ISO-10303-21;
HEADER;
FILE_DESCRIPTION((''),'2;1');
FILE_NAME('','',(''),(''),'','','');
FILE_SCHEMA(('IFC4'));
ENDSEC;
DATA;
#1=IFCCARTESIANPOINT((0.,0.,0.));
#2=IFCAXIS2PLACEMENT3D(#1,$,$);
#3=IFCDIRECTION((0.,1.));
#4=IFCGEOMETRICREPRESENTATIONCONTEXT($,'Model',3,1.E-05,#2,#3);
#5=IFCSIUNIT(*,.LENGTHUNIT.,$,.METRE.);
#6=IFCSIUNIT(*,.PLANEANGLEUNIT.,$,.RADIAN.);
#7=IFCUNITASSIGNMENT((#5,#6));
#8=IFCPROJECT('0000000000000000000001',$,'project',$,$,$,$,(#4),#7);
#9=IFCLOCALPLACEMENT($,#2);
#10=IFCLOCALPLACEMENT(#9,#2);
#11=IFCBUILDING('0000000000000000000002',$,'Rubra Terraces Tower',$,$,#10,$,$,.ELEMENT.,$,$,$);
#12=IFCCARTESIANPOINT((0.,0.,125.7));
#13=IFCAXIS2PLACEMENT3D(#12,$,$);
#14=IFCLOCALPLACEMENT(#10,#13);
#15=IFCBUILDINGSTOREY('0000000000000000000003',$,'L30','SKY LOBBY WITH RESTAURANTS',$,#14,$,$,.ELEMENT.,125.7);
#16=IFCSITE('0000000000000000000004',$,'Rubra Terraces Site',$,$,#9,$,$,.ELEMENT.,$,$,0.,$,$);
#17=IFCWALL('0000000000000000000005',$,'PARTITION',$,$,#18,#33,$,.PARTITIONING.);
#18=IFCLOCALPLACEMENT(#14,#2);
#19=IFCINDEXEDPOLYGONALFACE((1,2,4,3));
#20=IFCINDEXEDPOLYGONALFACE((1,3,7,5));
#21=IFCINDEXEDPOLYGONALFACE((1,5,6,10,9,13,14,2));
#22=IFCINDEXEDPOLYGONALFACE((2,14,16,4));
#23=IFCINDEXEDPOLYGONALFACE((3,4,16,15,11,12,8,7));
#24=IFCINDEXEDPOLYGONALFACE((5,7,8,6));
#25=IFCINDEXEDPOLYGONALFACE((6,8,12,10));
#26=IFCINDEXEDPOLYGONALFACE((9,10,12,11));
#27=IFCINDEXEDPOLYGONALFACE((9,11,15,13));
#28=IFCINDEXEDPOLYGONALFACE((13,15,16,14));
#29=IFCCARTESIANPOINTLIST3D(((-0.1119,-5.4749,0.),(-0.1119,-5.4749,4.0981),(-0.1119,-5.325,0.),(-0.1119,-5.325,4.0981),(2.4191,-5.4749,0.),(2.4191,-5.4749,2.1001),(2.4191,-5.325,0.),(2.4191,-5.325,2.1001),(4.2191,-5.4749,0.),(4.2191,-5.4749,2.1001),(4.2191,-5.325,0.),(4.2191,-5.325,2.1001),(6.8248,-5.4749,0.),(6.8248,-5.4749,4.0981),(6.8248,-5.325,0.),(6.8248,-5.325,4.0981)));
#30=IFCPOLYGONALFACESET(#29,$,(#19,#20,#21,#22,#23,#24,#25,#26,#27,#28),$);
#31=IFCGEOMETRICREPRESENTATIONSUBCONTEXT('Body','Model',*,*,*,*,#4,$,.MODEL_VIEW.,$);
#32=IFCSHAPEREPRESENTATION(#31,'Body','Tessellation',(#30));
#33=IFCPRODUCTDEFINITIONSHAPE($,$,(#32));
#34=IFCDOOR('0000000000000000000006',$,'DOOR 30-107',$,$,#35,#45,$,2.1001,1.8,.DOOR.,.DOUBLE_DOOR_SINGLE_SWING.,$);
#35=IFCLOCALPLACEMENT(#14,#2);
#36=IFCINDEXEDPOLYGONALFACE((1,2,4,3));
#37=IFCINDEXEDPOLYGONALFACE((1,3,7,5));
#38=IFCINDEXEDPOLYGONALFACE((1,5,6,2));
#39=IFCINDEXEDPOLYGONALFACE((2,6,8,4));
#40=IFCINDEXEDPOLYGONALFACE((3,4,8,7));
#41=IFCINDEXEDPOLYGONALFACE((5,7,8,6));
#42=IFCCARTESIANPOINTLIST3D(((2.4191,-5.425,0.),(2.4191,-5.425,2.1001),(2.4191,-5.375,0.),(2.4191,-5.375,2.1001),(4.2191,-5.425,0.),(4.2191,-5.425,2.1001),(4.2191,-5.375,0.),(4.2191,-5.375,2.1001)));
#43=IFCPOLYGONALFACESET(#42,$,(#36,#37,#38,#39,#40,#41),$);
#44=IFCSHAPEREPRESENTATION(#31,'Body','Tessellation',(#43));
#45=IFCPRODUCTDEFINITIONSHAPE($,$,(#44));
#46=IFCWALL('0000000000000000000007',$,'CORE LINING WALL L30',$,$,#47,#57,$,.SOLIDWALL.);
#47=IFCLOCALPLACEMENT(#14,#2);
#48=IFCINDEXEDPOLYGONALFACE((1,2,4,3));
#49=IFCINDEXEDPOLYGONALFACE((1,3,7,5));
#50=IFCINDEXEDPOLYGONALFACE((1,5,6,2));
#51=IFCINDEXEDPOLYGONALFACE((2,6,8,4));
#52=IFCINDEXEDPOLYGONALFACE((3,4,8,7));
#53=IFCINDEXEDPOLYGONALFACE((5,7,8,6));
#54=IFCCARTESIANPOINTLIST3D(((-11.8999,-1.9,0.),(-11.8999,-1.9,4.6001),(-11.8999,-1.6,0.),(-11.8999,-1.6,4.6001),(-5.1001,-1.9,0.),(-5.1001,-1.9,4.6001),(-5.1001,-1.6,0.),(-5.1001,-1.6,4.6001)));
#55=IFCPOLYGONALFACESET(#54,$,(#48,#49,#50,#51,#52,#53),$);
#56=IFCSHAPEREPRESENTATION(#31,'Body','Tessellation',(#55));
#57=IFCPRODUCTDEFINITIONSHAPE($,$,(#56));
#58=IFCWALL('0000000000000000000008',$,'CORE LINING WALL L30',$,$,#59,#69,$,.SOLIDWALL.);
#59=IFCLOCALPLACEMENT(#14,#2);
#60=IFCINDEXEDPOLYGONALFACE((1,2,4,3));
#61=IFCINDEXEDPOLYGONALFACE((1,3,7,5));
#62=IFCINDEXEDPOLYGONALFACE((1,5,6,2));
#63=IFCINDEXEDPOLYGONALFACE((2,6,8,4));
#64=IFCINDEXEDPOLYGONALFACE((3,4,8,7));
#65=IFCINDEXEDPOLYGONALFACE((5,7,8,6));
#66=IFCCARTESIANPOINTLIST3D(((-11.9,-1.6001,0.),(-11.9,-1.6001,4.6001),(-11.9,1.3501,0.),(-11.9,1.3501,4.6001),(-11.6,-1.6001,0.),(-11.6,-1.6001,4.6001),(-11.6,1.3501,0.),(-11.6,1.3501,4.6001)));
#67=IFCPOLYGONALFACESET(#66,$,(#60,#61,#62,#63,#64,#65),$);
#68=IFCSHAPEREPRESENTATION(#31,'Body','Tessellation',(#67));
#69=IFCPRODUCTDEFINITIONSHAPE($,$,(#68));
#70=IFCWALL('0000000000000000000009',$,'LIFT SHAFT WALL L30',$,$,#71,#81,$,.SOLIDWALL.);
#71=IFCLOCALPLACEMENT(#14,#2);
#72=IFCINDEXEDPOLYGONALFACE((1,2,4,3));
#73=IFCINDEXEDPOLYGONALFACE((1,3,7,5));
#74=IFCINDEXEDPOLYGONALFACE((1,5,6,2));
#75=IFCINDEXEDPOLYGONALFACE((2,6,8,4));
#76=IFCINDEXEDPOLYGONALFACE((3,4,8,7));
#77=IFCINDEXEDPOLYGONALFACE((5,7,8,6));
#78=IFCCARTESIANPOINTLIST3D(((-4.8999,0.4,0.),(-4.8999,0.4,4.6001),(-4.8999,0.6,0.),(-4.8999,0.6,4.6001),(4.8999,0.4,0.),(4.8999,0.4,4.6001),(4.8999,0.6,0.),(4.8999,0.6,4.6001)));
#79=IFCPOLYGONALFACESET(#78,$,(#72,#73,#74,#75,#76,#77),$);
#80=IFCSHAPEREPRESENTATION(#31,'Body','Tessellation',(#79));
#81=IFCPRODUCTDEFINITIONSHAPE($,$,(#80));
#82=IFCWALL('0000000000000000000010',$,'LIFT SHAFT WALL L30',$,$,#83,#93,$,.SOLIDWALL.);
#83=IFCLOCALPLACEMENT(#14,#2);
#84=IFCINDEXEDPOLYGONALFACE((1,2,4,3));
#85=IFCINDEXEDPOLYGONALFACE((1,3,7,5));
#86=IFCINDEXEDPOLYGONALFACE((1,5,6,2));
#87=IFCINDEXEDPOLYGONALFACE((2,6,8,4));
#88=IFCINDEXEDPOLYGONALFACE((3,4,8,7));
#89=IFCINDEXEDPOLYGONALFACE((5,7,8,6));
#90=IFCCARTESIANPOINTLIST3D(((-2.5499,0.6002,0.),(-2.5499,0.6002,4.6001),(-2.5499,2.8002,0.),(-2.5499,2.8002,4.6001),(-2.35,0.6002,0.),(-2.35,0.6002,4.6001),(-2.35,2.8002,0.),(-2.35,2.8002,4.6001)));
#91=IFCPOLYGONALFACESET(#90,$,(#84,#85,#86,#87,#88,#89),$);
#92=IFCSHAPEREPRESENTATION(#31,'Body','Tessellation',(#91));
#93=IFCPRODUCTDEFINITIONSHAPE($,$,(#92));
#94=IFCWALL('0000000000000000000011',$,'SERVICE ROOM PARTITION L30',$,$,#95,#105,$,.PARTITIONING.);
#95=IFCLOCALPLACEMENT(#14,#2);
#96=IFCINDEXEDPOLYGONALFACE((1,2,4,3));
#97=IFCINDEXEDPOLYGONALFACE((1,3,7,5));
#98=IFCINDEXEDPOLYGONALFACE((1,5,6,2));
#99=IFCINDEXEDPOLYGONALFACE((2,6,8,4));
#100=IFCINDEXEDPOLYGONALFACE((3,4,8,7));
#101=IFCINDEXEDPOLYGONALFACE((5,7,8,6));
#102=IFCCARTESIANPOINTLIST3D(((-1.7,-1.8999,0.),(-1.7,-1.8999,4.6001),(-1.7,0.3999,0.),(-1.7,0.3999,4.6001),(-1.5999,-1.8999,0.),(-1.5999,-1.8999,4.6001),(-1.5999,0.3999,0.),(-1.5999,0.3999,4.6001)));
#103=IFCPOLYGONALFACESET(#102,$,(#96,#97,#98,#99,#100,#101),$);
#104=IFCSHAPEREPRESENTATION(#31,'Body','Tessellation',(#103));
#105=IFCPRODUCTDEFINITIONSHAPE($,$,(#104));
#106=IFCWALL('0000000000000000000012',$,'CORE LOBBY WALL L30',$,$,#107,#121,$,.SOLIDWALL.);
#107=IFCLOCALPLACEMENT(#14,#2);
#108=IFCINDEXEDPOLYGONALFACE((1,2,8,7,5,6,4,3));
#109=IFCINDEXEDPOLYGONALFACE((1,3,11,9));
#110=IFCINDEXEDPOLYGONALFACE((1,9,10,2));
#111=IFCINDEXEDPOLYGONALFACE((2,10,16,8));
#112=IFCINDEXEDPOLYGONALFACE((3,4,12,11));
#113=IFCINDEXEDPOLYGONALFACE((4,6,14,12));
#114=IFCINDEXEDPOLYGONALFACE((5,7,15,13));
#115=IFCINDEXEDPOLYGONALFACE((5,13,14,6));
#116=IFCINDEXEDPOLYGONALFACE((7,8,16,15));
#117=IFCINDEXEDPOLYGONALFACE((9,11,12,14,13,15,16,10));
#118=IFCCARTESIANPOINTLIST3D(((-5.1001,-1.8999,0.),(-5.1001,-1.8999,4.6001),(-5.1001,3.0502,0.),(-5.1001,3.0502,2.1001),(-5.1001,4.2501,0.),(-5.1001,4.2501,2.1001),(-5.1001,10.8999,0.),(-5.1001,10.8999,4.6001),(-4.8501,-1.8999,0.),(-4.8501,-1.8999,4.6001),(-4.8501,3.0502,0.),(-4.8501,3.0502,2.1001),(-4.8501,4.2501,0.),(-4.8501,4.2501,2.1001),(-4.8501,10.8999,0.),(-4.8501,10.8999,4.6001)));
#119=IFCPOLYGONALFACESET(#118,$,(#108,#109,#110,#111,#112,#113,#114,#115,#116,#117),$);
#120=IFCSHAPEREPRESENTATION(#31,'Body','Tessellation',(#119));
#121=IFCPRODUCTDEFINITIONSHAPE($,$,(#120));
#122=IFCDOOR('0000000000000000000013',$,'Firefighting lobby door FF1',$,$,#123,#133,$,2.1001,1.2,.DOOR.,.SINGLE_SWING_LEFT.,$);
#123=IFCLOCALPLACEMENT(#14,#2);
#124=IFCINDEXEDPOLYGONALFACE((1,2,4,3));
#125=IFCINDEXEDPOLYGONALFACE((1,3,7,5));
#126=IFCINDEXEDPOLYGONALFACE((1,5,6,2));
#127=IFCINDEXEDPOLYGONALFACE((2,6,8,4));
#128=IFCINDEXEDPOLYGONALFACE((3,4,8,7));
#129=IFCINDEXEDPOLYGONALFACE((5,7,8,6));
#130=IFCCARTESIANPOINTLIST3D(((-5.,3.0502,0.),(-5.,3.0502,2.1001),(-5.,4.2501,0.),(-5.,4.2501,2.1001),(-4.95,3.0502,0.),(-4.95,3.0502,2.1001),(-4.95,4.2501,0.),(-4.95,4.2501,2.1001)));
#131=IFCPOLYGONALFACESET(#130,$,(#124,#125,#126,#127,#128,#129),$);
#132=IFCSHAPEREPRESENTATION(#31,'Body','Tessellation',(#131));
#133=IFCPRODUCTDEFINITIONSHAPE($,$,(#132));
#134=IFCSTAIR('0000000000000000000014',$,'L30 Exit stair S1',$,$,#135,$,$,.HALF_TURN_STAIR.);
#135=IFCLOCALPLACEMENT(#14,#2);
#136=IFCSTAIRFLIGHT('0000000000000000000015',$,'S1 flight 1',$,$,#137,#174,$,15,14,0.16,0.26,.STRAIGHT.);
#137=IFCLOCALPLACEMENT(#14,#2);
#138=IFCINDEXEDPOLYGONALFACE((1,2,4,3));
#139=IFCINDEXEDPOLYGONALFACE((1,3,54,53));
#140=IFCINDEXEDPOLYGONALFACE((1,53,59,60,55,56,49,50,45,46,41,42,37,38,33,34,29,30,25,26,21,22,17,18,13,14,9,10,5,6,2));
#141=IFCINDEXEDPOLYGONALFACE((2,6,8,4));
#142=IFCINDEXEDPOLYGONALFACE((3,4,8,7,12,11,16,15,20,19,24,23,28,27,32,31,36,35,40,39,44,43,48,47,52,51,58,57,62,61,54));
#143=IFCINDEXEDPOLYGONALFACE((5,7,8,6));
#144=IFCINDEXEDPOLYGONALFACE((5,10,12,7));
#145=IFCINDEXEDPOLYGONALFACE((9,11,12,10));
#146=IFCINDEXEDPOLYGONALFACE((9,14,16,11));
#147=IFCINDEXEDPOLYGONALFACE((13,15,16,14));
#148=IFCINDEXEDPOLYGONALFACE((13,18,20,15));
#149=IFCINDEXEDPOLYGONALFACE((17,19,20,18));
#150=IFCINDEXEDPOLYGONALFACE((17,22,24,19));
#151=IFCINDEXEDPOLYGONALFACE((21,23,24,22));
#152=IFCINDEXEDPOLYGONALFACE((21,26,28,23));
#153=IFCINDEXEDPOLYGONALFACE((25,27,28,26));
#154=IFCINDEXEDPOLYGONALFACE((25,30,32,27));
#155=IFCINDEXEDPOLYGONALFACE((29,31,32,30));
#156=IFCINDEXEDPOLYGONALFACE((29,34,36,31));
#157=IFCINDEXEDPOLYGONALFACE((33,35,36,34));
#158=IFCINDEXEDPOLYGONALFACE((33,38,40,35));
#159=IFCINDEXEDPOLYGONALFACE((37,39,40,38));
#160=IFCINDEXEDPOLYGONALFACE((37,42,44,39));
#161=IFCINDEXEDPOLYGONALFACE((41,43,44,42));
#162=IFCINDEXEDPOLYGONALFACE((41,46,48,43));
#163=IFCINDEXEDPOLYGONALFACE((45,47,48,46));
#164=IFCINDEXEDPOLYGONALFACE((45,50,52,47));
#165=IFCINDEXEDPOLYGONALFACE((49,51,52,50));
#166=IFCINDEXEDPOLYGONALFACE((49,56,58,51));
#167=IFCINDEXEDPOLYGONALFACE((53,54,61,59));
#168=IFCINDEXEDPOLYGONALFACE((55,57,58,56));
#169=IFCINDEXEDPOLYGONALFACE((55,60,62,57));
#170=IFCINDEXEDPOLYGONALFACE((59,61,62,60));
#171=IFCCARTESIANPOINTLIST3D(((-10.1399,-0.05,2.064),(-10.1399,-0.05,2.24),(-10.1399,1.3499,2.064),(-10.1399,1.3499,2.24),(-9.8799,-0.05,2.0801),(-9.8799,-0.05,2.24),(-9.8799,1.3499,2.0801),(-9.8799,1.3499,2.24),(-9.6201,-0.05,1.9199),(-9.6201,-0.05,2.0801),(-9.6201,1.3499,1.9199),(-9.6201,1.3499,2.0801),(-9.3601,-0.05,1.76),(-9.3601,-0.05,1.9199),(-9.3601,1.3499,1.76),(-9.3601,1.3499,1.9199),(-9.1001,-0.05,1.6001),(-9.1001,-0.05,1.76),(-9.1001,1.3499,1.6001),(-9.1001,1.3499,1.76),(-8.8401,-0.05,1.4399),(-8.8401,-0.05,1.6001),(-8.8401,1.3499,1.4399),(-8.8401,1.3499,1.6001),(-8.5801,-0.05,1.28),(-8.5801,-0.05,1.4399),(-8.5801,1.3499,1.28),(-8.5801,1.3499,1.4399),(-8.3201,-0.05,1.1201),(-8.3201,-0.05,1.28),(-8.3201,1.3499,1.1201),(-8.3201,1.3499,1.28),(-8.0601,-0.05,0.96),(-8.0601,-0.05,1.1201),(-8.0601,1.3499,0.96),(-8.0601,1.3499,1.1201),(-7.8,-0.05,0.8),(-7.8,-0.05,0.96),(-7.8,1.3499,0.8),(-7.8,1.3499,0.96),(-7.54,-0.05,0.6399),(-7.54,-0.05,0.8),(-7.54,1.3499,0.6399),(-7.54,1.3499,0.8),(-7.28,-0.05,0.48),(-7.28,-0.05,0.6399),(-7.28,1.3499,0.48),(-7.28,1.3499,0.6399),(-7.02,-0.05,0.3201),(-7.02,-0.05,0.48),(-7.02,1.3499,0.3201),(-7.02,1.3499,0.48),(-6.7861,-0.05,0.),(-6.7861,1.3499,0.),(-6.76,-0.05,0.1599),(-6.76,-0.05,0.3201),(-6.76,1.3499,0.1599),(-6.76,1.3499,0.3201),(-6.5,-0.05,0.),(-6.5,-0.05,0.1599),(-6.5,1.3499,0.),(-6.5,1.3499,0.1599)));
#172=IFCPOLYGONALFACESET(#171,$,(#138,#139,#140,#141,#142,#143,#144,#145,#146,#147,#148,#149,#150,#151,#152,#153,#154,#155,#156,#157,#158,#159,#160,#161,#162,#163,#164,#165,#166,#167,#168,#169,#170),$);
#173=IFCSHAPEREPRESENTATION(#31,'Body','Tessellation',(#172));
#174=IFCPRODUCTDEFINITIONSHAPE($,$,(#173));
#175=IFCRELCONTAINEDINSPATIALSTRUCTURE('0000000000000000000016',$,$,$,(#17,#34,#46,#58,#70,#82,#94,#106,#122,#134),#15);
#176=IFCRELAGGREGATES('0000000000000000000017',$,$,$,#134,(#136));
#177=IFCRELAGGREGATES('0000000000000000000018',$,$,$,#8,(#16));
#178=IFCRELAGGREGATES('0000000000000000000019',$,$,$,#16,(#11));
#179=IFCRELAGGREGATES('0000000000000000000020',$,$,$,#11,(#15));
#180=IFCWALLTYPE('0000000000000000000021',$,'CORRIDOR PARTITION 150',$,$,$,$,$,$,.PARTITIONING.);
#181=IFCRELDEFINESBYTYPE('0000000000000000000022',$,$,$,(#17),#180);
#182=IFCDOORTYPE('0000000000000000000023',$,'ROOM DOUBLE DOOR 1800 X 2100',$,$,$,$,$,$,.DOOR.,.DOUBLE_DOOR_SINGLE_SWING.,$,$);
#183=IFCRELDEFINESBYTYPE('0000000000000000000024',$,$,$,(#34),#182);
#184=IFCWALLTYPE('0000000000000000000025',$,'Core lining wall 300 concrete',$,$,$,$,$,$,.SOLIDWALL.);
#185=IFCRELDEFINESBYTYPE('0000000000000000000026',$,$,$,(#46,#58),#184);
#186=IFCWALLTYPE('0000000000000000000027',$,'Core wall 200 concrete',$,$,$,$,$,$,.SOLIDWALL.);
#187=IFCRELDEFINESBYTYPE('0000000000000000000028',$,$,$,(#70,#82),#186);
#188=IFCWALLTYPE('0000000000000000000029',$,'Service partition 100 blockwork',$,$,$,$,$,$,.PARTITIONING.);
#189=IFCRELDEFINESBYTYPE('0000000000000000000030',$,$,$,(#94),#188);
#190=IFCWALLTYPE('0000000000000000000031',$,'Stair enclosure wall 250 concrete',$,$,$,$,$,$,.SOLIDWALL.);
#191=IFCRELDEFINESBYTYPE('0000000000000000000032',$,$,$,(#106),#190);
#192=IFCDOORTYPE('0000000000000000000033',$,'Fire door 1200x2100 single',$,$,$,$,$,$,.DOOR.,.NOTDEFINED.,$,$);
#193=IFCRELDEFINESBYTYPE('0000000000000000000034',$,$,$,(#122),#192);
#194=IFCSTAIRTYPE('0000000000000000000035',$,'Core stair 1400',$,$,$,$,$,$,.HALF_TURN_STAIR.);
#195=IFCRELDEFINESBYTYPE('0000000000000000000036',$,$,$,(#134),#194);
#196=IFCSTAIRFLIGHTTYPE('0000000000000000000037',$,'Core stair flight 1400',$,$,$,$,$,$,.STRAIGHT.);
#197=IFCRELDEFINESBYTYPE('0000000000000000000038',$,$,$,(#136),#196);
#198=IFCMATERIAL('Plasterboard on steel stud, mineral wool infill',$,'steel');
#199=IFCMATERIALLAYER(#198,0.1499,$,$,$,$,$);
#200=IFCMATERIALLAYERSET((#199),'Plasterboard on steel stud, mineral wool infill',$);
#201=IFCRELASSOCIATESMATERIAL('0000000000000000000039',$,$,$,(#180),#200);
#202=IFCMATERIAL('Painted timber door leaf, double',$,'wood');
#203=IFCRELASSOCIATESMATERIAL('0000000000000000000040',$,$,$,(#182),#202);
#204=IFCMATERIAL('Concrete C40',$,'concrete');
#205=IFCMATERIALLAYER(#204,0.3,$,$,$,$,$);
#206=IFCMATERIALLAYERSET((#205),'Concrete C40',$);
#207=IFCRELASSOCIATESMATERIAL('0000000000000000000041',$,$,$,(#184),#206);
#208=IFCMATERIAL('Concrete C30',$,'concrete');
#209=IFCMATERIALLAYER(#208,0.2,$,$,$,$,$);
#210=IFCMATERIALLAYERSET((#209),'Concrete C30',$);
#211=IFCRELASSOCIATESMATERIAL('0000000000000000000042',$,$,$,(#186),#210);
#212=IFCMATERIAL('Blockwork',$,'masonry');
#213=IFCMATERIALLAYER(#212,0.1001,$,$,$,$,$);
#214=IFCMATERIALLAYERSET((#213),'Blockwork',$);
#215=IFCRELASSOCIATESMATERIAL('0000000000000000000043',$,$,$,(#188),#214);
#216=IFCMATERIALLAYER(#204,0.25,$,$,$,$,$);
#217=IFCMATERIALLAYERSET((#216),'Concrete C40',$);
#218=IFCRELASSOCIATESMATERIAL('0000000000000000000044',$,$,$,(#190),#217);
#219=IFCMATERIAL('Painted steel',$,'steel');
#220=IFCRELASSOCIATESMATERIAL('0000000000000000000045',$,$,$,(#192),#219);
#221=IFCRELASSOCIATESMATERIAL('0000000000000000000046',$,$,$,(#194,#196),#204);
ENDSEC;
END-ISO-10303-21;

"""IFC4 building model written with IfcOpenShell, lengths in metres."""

from ifc_helpers import new_model, si_unit, direction, frame, frame_2d, origin, place, context, subcontext, project, spatial, polyline, rectangle, outline, extrude, material, layer, layer_set, type_object, element, fill, aggregate, save


model = new_model("IFC4")

# Units and contexts
model_context = context("Model", 3, precision=1e-05, world=origin(), true_north=direction((0.0, 1.0)))
body_context = subcontext(model_context, "Body", "Model", "MODEL_VIEW")
ifc_project = project(units=[si_unit("LENGTHUNIT", "METRE"), si_unit("PLANEANGLEUNIT", "RADIAN")], contexts=[model_context])

# Site, building, storey
site_placement = place(None, origin())
site = spatial("IfcSite", under=ifc_project, at=site_placement, Name="Rubra Terraces Site", CompositionType="ELEMENT", RefElevation=0.0)
building_placement = place(site_placement, origin())
building = spatial("IfcBuilding", under=site, at=building_placement, Name="Rubra Terraces Tower", CompositionType="ELEMENT")
storey_placement = place(building_placement, frame((0.0, 0.0, 125.7)))
storey = spatial("IfcBuildingStorey", under=building, at=storey_placement, Name="L30", Description="SKY LOBBY WITH RESTAURANTS", CompositionType="ELEMENT", Elevation=125.7)

# Shared definitions
ifc_material_1 = material(Name="Concrete C40", Category="concrete")

# Shared definitions
ifc_material_2 = material(Name="Painted steel", Category="steel")

# Shared definitions
ifc_material_3 = material(Name="Plasterboard on steel stud, mineral wool infill", Category="steel")
ifc_layer_1 = layer(ifc_material_3, 0.1499)
ifc_layer_set_1 = layer_set([ifc_layer_1], Name="Plasterboard on steel stud, mineral wool infill")
wall_type_1 = type_object("IfcWallType", Name="CORRIDOR PARTITION 150", PredefinedType="PARTITIONING", material=ifc_layer_set_1)

# Wall, opening, door
wall_1_placement = place(storey_placement, frame((-0.1118, -5.3999, 0.0), z_axis=(0.0, 0.0, 1.0), x_axis=(1.0, 0.0, 0.0)))
wall_1 = element("IfcWall", 1, at=wall_1_placement, inside=storey, type_object=wall_type_1, Name="PARTITION", PredefinedType="PARTITIONING", context=body_context, shape_type="SweptSolid", body=[
    extrude(rectangle(XDim=6.9368, YDim=0.1499, at=frame_2d((3.4683, 0.0))), origin(), (0.0, 0.0, 1.0), 4.0981),
])
opening_1_placement = place(wall_1_placement, frame((2.531, 0.0, 0.0)))
opening_1 = element("IfcOpeningElement", 2, at=opening_1_placement, cuts=wall_1, PredefinedType="OPENING", context=body_context, shape_type="SweptSolid", body=[
    extrude(rectangle(XDim=1.8, YDim=2.1001, at=frame_2d((0.8999, 1.05))), frame((0.0, 0.085, 0.0), z_axis=(0.0, -1.0, 0.0), x_axis=(1.0, 0.0, 0.0)), (0.0, 0.0, 1.0), 0.1699),
])
ifc_material_4 = material(Name="Painted timber door leaf, double", Category="wood")
door_type_1 = type_object("IfcDoorType", Name="ROOM DOUBLE DOOR 1800 X 2100", OperationType="DOUBLE_DOOR_SINGLE_SWING", PredefinedType="DOOR", material=ifc_material_4)
door_1_placement = place(opening_1_placement, origin())
door_1 = element("IfcDoor", 3, at=door_1_placement, inside=storey, type_object=door_type_1, Name="DOOR 30-107", OperationType="DOUBLE_DOOR_SINGLE_SWING", OverallHeight=2.1001, OverallWidth=1.8, PredefinedType="DOOR", context=body_context, shape_type="SweptSolid", body=[
    extrude(rectangle(XDim=1.8, YDim=2.1001, at=frame_2d((0.8999, 1.05))), frame((0.0, 0.0249, 0.0), z_axis=(0.0, -1.0, 0.0), x_axis=(1.0, 0.0, 0.0)), (0.0, 0.0, 1.0), 0.05),
])
fill(opening_1, door_1)

# Walls
ifc_layer_2 = layer(ifc_material_1, 0.3)
ifc_layer_set_2 = layer_set([ifc_layer_2], Name="Concrete C40")
wall_type_2 = type_object("IfcWallType", Name="Core lining wall 300 concrete", PredefinedType="SOLIDWALL", material=ifc_layer_set_2)
wall_2_placement = place(storey_placement, frame((-11.8999, -1.75, 0.0), z_axis=(0.0, 0.0, 1.0), x_axis=(1.0, 0.0, 0.0)))
element("IfcWall", 4, at=wall_2_placement, inside=storey, type_object=wall_type_2, Name="CORE LINING WALL L30", PredefinedType="SOLIDWALL", context=body_context, shape_type="SweptSolid", body=[
    extrude(rectangle(XDim=6.7998, YDim=0.3, at=frame_2d((3.3999, 0.0))), origin(), (0.0, 0.0, 1.0), 4.6001),
])
wall_3_placement = place(storey_placement, frame((-11.75, -1.6001, 0.0), z_axis=(0.0, 0.0, 1.0), x_axis=(0.0, 1.0, 0.0)))
element("IfcWall", 5, at=wall_3_placement, inside=storey, type_object=wall_type_2, Name="CORE LINING WALL L30", PredefinedType="SOLIDWALL", context=body_context, shape_type="SweptSolid", body=[
    extrude(rectangle(XDim=2.9502, YDim=0.3, at=frame_2d((1.4751, 0.0))), origin(), (0.0, 0.0, 1.0), 4.6001),
])
ifc_material_5 = material(Name="Concrete C30", Category="concrete")
ifc_layer_3 = layer(ifc_material_5, 0.2)
ifc_layer_set_3 = layer_set([ifc_layer_3], Name="Concrete C30")
wall_type_3 = type_object("IfcWallType", Name="Core wall 200 concrete", PredefinedType="SOLIDWALL", material=ifc_layer_set_3)
wall_4_placement = place(storey_placement, frame((-4.8999, 0.5, 0.0), z_axis=(0.0, 0.0, 1.0), x_axis=(1.0, 0.0, 0.0)))
element("IfcWall", 6, at=wall_4_placement, inside=storey, type_object=wall_type_3, Name="LIFT SHAFT WALL L30", PredefinedType="SOLIDWALL", context=body_context, shape_type="SweptSolid", body=[
    extrude(rectangle(XDim=9.7998, YDim=0.2, at=frame_2d((4.8999, 0.0))), origin(), (0.0, 0.0, 1.0), 4.6001),
])
wall_5_placement = place(storey_placement, frame((-2.45, 0.6001, 0.0), z_axis=(0.0, 0.0, 1.0), x_axis=(0.0, 1.0, 0.0)))
element("IfcWall", 7, at=wall_5_placement, inside=storey, type_object=wall_type_3, Name="LIFT SHAFT WALL L30", PredefinedType="SOLIDWALL", context=body_context, shape_type="SweptSolid", body=[
    extrude(rectangle(XDim=2.2, YDim=0.2, at=frame_2d((1.1001, 0.0))), origin(), (0.0, 0.0, 1.0), 4.6001),
])
ifc_material_6 = material(Name="Blockwork", Category="masonry")
ifc_layer_4 = layer(ifc_material_6, 0.1001)
ifc_layer_set_4 = layer_set([ifc_layer_4], Name="Blockwork")
wall_type_4 = type_object("IfcWallType", Name="Service partition 100 blockwork", PredefinedType="PARTITIONING", material=ifc_layer_set_4)
wall_6_placement = place(storey_placement, frame((-1.6499, -1.8999, 0.0), z_axis=(0.0, 0.0, 1.0), x_axis=(0.0, 1.0, 0.0)))
element("IfcWall", 8, at=wall_6_placement, inside=storey, type_object=wall_type_4, Name="SERVICE ROOM PARTITION L30", PredefinedType="PARTITIONING", context=body_context, shape_type="SweptSolid", body=[
    extrude(rectangle(XDim=2.2998, YDim=0.1001, at=frame_2d((1.1499, 0.0))), origin(), (0.0, 0.0, 1.0), 4.6001),
])

# Wall, opening, door
ifc_layer_5 = layer(ifc_material_1, 0.25)
ifc_layer_set_5 = layer_set([ifc_layer_5], Name="Concrete C40")
wall_type_5 = type_object("IfcWallType", Name="Stair enclosure wall 250 concrete", PredefinedType="SOLIDWALL", material=ifc_layer_set_5)
wall_7_placement = place(storey_placement, frame((-4.9751, -1.8999, 0.0), z_axis=(0.0, 0.0, 1.0), x_axis=(0.0, 1.0, 0.0)))
wall_7 = element("IfcWall", 9, at=wall_7_placement, inside=storey, type_object=wall_type_5, Name="CORE LOBBY WALL L30", PredefinedType="SOLIDWALL", context=body_context, shape_type="SweptSolid", body=[
    extrude(rectangle(XDim=12.7998, YDim=0.25, at=frame_2d((6.3999, 0.0))), origin(), (0.0, 0.0, 1.0), 4.6001),
])
opening_2_placement = place(wall_7_placement, frame((4.95, 0.0, 0.0)))
opening_2 = element("IfcOpeningElement", 10, at=opening_2_placement, cuts=wall_7, PredefinedType="OPENING", context=body_context, shape_type="SweptSolid", body=[
    extrude(rectangle(XDim=1.2, YDim=2.1001, at=frame_2d((0.6001, 1.05))), frame((0.0, 0.135, 0.0), z_axis=(0.0, -1.0, 0.0), x_axis=(1.0, 0.0, 0.0)), (0.0, 0.0, 1.0), 0.27),
])
door_type_2 = type_object("IfcDoorType", Name="Fire door 1200x2100 single", OperationType="NOTDEFINED", PredefinedType="DOOR", material=ifc_material_2)
door_2_placement = place(opening_2_placement, origin())
door_2 = element("IfcDoor", 11, at=door_2_placement, inside=storey, type_object=door_type_2, Name="Firefighting lobby door FF1", OperationType="SINGLE_SWING_LEFT", OverallHeight=2.1001, OverallWidth=1.2, PredefinedType="DOOR", context=body_context, shape_type="SweptSolid", body=[
    extrude(rectangle(XDim=1.2, YDim=2.1001, at=frame_2d((0.6001, 1.05))), frame((0.0, 0.0249, 0.0), z_axis=(0.0, -1.0, 0.0), x_axis=(1.0, 0.0, 0.0)), (0.0, 0.0, 1.0), 0.05),
])
fill(opening_2, door_2)

# Stair, stair flight
stair_type = type_object("IfcStairType", Name="Core stair 1400", PredefinedType="HALF_TURN_STAIR", material=ifc_material_1)
stair_placement = place(storey_placement, origin())
stair = element("IfcStair", 12, at=stair_placement, inside=storey, type_object=stair_type, Name="L30 Exit stair S1", PredefinedType="HALF_TURN_STAIR")
stair_flight_type = type_object("IfcStairFlightType", Name="Core stair flight 1400", PredefinedType="STRAIGHT", material=ifc_material_1)
stair_flight_1_placement = place(storey_placement, frame((-6.5, 0.6499, 0.0), z_axis=(0.0, 0.0, 1.0), x_axis=(-1.0, 0.0, 0.0)))
stair_flight_1 = element("IfcStairFlight", 13, at=stair_flight_1_placement, type_object=stair_flight_type, Name="S1 flight 1", NumberOfRisers=15, NumberOfTreads=14, PredefinedType="STRAIGHT", RiserHeight=0.16, TreadLength=0.26, context=body_context, shape_type="SweptSolid", body=[
    extrude(outline(polyline([(0.0, 0.0), (0.0, 0.1599), (0.26, 0.1599), (0.26, 0.3201), (0.52, 0.3201), (0.52, 0.48), (0.78, 0.48), (0.78, 0.6399), (1.04, 0.6399), (1.04, 0.8), (1.3, 0.8), (1.3, 0.96), (1.5601, 0.96), (1.5601, 1.1201), (1.8201, 1.1201), (1.8201, 1.28), (2.0801, 1.28), (2.0801, 1.4399), (2.3401, 1.4399), (2.3401, 1.6001), (2.6001, 1.6001), (2.6001, 1.76), (2.8601, 1.76), (2.8601, 1.9199), (3.1201, 1.9199), (3.1201, 2.0801), (3.3799, 2.0801), (3.3799, 2.24), (3.6399, 2.24), (3.6399, 2.3999), (3.6399, 2.064), (0.2861, 0.0), (0.0, 0.0)])), frame((0.0, 0.7, 0.0), z_axis=(0.0, -1.0, 0.0), x_axis=(1.0, 0.0, 0.0)), (0.0, 0.0, 1.0), 1.3999),
])
aggregate(stair, [stair_flight_1])

save(model, "model.ifc")
